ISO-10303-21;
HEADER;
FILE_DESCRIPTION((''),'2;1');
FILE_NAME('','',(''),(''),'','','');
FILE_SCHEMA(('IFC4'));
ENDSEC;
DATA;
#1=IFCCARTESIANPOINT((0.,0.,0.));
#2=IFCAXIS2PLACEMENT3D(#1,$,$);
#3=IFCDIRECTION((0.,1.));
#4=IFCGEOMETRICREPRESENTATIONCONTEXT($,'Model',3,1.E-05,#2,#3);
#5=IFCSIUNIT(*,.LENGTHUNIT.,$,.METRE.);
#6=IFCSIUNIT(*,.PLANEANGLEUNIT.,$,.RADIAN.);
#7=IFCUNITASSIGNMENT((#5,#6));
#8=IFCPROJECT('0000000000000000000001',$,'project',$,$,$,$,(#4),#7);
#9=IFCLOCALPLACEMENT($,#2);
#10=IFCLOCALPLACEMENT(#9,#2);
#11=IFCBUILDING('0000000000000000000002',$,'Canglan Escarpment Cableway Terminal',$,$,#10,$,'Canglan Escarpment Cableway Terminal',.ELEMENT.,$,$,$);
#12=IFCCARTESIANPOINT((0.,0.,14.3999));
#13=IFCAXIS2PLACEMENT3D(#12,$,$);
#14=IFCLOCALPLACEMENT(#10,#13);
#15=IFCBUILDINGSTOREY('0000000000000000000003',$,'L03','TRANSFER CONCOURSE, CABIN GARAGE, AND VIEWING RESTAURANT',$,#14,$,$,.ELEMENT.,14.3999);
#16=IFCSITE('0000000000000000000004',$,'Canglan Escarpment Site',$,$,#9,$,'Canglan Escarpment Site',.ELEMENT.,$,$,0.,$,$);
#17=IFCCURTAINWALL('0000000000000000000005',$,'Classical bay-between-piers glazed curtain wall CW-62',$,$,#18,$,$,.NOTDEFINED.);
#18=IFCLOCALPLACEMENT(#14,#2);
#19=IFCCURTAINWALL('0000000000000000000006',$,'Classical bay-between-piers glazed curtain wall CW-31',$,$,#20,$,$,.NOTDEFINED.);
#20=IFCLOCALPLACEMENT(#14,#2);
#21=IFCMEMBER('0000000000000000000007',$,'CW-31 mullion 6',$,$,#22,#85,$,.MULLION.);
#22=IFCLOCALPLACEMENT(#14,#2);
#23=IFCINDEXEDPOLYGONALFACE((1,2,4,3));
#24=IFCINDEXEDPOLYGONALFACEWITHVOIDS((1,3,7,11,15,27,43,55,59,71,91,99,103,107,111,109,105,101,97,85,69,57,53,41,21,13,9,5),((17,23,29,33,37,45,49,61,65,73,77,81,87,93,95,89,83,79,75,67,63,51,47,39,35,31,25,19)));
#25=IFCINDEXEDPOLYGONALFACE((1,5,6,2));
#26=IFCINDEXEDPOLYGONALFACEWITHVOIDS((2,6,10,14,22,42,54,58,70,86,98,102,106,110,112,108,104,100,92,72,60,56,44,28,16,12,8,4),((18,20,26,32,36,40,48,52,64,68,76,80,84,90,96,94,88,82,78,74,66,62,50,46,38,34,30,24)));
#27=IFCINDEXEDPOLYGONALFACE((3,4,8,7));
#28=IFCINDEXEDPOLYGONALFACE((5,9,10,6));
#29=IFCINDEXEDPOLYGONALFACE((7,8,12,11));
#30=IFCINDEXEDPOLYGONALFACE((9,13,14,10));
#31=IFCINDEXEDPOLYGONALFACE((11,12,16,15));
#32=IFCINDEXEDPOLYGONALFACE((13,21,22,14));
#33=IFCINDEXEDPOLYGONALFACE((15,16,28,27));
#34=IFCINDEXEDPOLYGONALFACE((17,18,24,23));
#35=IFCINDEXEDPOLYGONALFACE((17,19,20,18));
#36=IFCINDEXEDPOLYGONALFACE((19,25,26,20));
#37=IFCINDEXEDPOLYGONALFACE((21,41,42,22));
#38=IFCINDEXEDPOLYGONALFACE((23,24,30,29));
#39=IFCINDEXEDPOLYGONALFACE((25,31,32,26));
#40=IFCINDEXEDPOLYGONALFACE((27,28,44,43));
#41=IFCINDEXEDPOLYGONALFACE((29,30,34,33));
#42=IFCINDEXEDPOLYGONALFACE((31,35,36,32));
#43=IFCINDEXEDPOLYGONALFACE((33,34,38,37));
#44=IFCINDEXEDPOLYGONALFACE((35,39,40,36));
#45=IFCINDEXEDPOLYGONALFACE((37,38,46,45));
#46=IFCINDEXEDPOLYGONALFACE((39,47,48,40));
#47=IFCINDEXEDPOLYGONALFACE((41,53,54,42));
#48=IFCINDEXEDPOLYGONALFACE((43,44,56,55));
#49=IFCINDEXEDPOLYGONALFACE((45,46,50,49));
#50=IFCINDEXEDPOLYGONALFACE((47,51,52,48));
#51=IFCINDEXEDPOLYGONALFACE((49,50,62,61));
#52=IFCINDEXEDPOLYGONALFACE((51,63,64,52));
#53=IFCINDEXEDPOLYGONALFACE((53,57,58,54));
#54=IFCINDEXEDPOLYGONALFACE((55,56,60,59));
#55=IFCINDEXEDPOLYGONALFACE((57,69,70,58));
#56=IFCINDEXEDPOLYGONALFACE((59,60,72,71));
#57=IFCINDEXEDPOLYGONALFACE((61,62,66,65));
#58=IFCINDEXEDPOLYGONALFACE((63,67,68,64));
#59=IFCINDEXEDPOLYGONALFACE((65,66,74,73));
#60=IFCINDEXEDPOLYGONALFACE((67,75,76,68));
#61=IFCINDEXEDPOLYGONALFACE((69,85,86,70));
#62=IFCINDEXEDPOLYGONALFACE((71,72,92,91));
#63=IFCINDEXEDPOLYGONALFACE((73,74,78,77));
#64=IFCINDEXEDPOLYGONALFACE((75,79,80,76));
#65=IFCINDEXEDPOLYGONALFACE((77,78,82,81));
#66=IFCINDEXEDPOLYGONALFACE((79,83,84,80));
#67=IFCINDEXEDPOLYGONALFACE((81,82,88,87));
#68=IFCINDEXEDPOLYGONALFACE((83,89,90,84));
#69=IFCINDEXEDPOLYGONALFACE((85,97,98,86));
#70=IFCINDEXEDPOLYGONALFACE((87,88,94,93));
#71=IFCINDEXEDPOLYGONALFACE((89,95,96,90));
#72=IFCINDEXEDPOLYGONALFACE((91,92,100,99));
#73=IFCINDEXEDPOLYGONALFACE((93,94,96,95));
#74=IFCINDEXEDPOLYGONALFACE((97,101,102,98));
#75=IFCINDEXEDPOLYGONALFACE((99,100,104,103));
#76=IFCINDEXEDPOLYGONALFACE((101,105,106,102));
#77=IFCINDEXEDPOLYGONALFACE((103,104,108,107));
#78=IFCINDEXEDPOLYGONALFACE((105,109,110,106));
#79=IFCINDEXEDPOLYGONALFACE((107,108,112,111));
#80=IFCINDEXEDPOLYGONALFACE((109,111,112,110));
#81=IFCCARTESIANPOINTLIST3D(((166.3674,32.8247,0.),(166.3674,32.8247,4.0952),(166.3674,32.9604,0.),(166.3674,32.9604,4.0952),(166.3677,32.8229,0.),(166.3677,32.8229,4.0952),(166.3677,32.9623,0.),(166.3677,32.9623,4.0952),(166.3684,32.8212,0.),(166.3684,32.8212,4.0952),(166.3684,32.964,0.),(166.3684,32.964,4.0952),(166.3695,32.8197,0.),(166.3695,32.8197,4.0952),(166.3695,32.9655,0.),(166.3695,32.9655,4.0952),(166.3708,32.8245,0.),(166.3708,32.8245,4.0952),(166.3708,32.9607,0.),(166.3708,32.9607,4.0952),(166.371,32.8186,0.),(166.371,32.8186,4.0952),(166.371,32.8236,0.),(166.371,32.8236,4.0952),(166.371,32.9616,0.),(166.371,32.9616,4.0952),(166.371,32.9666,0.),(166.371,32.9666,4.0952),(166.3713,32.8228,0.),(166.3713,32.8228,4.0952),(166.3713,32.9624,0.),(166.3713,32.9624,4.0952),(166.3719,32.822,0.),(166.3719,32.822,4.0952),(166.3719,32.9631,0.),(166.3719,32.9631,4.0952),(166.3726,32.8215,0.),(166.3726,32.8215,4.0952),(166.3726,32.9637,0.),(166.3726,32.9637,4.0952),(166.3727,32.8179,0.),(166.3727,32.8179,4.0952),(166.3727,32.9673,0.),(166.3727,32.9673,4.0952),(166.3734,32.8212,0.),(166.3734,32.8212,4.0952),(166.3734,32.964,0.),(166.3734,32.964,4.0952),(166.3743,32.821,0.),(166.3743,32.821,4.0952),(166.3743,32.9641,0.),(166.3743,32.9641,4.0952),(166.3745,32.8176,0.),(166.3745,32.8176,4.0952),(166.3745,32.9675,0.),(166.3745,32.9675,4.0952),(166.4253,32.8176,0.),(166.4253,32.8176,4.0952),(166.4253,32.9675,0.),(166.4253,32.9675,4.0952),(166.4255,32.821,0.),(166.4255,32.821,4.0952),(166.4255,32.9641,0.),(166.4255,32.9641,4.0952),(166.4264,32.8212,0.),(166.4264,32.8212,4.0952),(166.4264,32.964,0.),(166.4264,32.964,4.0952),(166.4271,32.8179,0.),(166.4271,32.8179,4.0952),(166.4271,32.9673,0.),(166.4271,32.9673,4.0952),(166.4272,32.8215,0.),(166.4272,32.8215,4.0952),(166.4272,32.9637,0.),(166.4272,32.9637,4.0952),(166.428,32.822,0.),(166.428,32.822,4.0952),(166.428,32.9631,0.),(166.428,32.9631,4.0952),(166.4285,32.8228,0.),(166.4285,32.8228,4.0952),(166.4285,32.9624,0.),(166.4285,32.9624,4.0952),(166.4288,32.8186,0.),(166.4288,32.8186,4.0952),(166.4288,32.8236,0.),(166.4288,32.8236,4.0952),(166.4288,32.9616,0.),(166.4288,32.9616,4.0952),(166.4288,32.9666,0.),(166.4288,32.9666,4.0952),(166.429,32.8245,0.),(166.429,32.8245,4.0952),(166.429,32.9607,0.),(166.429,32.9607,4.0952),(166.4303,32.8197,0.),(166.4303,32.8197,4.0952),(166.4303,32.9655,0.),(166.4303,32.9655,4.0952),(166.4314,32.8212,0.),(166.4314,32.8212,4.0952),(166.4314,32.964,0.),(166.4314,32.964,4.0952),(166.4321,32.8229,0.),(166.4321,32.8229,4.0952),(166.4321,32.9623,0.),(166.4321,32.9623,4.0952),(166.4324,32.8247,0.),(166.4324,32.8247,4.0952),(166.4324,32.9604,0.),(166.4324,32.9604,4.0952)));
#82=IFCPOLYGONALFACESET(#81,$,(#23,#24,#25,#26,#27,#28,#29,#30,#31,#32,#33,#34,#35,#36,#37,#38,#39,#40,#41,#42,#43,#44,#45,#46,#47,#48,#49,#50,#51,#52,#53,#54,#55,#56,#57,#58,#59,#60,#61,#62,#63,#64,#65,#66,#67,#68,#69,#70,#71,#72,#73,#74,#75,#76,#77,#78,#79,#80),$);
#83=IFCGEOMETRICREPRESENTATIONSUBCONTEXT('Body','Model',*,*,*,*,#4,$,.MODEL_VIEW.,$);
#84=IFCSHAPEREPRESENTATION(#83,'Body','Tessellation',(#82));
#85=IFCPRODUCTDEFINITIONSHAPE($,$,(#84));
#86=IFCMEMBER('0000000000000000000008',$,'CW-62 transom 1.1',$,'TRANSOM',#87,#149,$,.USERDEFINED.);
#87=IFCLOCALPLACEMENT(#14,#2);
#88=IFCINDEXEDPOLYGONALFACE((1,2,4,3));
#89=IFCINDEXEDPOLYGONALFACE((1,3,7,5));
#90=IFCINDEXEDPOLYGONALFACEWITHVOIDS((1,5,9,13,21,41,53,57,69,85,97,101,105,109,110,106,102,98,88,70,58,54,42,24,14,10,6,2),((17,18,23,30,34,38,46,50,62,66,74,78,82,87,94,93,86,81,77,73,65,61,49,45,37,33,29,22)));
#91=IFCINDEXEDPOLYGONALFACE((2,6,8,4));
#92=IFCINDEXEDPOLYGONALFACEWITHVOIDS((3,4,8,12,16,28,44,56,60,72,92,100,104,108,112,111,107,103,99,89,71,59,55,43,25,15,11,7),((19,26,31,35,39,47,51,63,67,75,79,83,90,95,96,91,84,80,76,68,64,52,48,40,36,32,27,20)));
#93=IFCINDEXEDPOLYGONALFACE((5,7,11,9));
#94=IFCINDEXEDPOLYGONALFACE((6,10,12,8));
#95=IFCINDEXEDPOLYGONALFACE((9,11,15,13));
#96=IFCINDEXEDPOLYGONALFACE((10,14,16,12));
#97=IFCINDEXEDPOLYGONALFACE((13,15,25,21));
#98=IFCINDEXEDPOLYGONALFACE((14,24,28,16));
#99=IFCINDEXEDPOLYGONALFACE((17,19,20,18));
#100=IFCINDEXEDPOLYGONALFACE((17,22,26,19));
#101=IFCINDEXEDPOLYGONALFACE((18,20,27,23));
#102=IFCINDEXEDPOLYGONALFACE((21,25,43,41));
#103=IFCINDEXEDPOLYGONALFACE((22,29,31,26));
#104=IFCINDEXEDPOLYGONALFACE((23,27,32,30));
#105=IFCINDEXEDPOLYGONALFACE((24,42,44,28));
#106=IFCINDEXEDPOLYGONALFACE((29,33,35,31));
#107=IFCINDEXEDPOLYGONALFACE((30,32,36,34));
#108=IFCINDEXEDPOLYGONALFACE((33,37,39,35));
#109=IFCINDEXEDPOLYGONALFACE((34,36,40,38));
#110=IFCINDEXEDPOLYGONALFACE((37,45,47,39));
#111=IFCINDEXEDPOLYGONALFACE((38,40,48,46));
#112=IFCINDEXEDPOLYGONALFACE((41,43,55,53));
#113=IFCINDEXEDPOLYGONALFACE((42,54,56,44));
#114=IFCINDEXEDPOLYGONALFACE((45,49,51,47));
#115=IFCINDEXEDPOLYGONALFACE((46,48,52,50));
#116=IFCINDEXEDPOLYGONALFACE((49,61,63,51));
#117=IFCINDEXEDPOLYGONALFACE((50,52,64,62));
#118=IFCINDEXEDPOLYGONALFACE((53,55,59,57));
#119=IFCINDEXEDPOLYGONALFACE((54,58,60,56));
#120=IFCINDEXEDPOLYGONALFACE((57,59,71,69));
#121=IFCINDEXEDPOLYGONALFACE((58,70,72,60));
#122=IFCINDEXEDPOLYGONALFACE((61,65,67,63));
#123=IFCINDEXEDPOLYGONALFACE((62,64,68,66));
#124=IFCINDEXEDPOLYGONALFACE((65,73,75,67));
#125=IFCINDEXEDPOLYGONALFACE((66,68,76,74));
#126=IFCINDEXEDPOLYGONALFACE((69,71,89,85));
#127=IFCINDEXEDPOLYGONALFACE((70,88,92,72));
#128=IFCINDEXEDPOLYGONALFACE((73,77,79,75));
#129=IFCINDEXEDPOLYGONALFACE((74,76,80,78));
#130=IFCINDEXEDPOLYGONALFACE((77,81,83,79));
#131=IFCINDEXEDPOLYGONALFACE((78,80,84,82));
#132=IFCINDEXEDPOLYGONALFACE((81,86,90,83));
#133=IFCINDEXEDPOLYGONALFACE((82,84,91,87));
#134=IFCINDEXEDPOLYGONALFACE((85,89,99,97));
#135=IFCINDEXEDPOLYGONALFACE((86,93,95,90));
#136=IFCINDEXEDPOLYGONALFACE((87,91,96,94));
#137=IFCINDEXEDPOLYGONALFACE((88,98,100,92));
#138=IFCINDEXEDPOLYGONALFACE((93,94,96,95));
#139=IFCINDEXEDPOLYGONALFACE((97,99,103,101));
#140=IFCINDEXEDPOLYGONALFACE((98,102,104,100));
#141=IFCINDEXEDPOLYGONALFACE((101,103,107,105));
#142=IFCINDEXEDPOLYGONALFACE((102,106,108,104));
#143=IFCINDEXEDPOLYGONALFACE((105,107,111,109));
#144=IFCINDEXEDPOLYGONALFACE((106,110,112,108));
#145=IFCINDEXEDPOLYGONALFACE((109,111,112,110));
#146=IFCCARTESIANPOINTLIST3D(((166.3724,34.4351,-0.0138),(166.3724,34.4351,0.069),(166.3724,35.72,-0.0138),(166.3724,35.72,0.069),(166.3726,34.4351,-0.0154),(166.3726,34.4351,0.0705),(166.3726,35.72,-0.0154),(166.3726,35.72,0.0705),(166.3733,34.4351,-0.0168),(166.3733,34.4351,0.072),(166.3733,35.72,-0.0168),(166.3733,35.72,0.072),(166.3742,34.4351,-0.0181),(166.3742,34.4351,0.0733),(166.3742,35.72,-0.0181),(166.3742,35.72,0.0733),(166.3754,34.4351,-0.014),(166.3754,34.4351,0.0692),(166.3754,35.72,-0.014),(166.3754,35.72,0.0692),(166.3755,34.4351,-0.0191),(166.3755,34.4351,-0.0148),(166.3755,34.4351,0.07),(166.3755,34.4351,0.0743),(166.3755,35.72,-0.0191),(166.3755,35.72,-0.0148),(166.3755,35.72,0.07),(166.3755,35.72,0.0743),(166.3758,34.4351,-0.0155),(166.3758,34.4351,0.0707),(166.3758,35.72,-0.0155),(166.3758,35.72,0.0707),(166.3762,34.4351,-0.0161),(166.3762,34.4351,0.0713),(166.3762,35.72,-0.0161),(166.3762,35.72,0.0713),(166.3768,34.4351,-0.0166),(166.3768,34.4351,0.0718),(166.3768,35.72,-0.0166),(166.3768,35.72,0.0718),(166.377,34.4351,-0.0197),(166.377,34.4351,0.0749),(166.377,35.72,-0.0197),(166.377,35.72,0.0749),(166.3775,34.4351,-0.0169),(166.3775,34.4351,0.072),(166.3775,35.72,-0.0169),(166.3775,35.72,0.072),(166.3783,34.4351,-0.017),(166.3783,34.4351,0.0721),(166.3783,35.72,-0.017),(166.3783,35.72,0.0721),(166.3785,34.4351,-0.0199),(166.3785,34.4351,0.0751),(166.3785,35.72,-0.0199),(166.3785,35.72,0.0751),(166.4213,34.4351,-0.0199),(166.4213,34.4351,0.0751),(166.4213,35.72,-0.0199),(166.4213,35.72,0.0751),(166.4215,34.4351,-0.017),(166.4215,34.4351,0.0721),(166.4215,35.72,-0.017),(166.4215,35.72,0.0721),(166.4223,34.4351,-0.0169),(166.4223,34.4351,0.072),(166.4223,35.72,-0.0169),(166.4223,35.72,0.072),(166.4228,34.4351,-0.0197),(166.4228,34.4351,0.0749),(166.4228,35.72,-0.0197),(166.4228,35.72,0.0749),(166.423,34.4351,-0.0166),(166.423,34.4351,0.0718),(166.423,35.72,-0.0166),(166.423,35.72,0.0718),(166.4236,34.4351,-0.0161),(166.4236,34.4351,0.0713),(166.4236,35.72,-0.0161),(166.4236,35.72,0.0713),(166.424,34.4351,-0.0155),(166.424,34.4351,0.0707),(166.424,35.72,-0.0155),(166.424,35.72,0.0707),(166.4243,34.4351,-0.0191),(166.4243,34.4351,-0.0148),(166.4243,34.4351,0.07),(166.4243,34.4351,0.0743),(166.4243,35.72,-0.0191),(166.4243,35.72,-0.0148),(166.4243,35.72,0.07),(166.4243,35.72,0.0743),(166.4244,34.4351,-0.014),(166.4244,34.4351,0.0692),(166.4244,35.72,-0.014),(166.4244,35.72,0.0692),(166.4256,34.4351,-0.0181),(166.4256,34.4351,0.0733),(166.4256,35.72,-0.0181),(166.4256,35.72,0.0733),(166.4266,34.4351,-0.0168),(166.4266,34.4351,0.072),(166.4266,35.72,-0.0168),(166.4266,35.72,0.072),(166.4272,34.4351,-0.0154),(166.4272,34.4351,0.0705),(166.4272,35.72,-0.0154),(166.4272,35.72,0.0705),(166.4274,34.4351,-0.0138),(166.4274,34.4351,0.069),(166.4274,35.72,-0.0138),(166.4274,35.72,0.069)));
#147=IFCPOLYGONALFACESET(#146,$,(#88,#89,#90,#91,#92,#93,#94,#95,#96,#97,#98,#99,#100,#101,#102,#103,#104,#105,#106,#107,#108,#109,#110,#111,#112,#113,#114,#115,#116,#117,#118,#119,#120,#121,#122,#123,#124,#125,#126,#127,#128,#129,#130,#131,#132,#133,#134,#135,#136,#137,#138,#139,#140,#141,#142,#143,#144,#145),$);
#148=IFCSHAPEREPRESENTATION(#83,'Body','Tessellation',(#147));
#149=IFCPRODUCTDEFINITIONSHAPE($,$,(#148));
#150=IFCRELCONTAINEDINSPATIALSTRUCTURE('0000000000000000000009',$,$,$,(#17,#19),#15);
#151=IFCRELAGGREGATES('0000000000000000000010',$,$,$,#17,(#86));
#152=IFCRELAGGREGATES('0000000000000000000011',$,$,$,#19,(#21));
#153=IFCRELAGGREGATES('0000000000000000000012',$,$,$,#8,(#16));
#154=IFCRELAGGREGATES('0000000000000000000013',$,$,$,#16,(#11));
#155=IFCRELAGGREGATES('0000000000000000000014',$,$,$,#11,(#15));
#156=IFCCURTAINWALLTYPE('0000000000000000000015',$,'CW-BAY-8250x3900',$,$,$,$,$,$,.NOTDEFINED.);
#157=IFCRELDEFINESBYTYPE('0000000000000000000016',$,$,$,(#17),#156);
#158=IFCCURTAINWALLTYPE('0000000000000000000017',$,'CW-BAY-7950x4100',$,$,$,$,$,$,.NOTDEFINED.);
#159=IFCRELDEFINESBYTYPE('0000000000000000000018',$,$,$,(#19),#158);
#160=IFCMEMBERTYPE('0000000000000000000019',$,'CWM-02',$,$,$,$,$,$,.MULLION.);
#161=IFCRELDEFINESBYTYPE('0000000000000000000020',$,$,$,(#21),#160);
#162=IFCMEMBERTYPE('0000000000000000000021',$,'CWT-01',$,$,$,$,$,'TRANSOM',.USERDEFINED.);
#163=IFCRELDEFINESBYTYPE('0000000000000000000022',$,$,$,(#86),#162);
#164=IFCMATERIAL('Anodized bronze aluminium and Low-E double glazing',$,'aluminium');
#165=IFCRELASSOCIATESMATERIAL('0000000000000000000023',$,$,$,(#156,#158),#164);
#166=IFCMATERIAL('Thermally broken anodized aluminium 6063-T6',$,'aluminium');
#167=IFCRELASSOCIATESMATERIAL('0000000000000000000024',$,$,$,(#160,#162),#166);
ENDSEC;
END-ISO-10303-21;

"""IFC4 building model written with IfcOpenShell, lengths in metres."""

from ifc_helpers import new_model, si_unit, direction, frame, origin, origin_2d, place, context, subcontext, project, spatial, hollow_rectangle, extrude, material, material_profile, profile_set, type_object, element, aggregate, save


model = new_model("IFC4")

# Units and contexts
model_context = context("Model", 3, precision=1e-05, world=origin(), true_north=direction((0.0, 1.0)))
body_context = subcontext(model_context, "Body", "Model", "MODEL_VIEW")
ifc_project = project(units=[si_unit("LENGTHUNIT", "METRE"), si_unit("PLANEANGLEUNIT", "RADIAN")], contexts=[model_context])

# Site, building, storey
site_placement = place(None, origin())
site = spatial("IfcSite", under=ifc_project, at=site_placement, Name="Canglan Escarpment Site", LongName="Canglan Escarpment Site", CompositionType="ELEMENT", RefElevation=0.0)
building_placement = place(site_placement, origin())
building = spatial("IfcBuilding", under=site, at=building_placement, Name="Canglan Escarpment Cableway Terminal", LongName="Canglan Escarpment Cableway Terminal", CompositionType="ELEMENT")
storey_placement = place(building_placement, frame((0.0, 0.0, 14.3999)))
storey = spatial("IfcBuildingStorey", under=building, at=storey_placement, Name="L03", Description="TRANSFER CONCOURSE, CABIN GARAGE, AND VIEWING RESTAURANT", CompositionType="ELEMENT", Elevation=14.3999)

# Curtain wall
ifc_material_1 = material(Name="Anodized bronze aluminium and Low-E double glazing", Category="aluminium")
curtain_wall_type_1 = type_object("IfcCurtainWallType", Name="CW-BAY-8250x3900", PredefinedType="NOTDEFINED", material=ifc_material_1)
curtain_wall_1_placement = place(storey_placement, origin())
curtain_wall_1 = element("IfcCurtainWall", 1, at=curtain_wall_1_placement, inside=storey, type_object=curtain_wall_type_1, Name="Classical bay-between-piers glazed curtain wall CW-62", PredefinedType="NOTDEFINED")
ifc_material_2 = material(Name="Thermally broken anodized aluminium 6063-T6", Category="aluminium")

# Curtain wall, member
curtain_wall_type_2 = type_object("IfcCurtainWallType", Name="CW-BAY-7950x4100", PredefinedType="NOTDEFINED", material=ifc_material_1)
curtain_wall_2_placement = place(storey_placement, origin())
curtain_wall_2 = element("IfcCurtainWall", 2, at=curtain_wall_2_placement, inside=storey, type_object=curtain_wall_type_2, Name="Classical bay-between-piers glazed curtain wall CW-31", PredefinedType="NOTDEFINED")
ifc_material_profile_1 = material_profile(ifc_material_2, hollow_rectangle(XDim=0.0649, YDim=0.1499, WallThickness=0.0034, InnerFilletRadius=0.0034, OuterFilletRadius=0.0071, at=origin_2d()), Name="ALU-MULL 65x150x3.5")
ifc_profile_set_1 = profile_set([ifc_material_profile_1], Name="Thermally broken anodized aluminium 6063-T6")
member_type_1 = type_object("IfcMemberType", Name="CWM-02", PredefinedType="MULLION", material=ifc_profile_set_1)
member_1_placement = place(storey_placement, frame((166.3999, 32.8926, 0.0), z_axis=(0.0, 0.0, 1.0), x_axis=(-1.0, 0.0, 0.0)))
member_1 = element("IfcMember", 3, at=member_1_placement, type_object=member_type_1, Name="CW-31 mullion 6", PredefinedType="MULLION", context=body_context, shape_type="SweptSolid", body=[
    extrude(hollow_rectangle(XDim=0.0649, YDim=0.1499, WallThickness=0.0034, InnerFilletRadius=0.0034, OuterFilletRadius=0.0071, at=origin_2d()), origin(), (0.0, 0.0, 1.0), 4.0952),
])

# Member
ifc_material_profile_2 = material_profile(ifc_material_2, hollow_rectangle(XDim=0.0549, YDim=0.095, WallThickness=0.0029, InnerFilletRadius=0.0029, OuterFilletRadius=0.0061, at=origin_2d()), Name="ALU-TRAN 55x95x3")
ifc_profile_set_2 = profile_set([ifc_material_profile_2], Name="Thermally broken anodized aluminium 6063-T6")
member_type_2 = type_object("IfcMemberType", Name="CWT-01", ElementType="TRANSOM", PredefinedType="USERDEFINED", material=ifc_profile_set_2)
member_2_placement = place(storey_placement, frame((166.3999, 34.4351, 0.0276), z_axis=(0.0, 1.0, 0.0), x_axis=(-1.0, 0.0, 0.0)))
member_2 = element("IfcMember", 4, at=member_2_placement, type_object=member_type_2, Name="CW-62 transom 1.1", ObjectType="TRANSOM", PredefinedType="USERDEFINED", context=body_context, shape_type="SweptSolid", body=[
    extrude(hollow_rectangle(XDim=0.0549, YDim=0.095, WallThickness=0.0029, InnerFilletRadius=0.0029, OuterFilletRadius=0.0061, at=origin_2d()), origin(), (0.0, 0.0, 1.0), 1.2849),
])

aggregate(curtain_wall_1, [member_2])
aggregate(curtain_wall_2, [member_1])

save(model, "model.ifc")
